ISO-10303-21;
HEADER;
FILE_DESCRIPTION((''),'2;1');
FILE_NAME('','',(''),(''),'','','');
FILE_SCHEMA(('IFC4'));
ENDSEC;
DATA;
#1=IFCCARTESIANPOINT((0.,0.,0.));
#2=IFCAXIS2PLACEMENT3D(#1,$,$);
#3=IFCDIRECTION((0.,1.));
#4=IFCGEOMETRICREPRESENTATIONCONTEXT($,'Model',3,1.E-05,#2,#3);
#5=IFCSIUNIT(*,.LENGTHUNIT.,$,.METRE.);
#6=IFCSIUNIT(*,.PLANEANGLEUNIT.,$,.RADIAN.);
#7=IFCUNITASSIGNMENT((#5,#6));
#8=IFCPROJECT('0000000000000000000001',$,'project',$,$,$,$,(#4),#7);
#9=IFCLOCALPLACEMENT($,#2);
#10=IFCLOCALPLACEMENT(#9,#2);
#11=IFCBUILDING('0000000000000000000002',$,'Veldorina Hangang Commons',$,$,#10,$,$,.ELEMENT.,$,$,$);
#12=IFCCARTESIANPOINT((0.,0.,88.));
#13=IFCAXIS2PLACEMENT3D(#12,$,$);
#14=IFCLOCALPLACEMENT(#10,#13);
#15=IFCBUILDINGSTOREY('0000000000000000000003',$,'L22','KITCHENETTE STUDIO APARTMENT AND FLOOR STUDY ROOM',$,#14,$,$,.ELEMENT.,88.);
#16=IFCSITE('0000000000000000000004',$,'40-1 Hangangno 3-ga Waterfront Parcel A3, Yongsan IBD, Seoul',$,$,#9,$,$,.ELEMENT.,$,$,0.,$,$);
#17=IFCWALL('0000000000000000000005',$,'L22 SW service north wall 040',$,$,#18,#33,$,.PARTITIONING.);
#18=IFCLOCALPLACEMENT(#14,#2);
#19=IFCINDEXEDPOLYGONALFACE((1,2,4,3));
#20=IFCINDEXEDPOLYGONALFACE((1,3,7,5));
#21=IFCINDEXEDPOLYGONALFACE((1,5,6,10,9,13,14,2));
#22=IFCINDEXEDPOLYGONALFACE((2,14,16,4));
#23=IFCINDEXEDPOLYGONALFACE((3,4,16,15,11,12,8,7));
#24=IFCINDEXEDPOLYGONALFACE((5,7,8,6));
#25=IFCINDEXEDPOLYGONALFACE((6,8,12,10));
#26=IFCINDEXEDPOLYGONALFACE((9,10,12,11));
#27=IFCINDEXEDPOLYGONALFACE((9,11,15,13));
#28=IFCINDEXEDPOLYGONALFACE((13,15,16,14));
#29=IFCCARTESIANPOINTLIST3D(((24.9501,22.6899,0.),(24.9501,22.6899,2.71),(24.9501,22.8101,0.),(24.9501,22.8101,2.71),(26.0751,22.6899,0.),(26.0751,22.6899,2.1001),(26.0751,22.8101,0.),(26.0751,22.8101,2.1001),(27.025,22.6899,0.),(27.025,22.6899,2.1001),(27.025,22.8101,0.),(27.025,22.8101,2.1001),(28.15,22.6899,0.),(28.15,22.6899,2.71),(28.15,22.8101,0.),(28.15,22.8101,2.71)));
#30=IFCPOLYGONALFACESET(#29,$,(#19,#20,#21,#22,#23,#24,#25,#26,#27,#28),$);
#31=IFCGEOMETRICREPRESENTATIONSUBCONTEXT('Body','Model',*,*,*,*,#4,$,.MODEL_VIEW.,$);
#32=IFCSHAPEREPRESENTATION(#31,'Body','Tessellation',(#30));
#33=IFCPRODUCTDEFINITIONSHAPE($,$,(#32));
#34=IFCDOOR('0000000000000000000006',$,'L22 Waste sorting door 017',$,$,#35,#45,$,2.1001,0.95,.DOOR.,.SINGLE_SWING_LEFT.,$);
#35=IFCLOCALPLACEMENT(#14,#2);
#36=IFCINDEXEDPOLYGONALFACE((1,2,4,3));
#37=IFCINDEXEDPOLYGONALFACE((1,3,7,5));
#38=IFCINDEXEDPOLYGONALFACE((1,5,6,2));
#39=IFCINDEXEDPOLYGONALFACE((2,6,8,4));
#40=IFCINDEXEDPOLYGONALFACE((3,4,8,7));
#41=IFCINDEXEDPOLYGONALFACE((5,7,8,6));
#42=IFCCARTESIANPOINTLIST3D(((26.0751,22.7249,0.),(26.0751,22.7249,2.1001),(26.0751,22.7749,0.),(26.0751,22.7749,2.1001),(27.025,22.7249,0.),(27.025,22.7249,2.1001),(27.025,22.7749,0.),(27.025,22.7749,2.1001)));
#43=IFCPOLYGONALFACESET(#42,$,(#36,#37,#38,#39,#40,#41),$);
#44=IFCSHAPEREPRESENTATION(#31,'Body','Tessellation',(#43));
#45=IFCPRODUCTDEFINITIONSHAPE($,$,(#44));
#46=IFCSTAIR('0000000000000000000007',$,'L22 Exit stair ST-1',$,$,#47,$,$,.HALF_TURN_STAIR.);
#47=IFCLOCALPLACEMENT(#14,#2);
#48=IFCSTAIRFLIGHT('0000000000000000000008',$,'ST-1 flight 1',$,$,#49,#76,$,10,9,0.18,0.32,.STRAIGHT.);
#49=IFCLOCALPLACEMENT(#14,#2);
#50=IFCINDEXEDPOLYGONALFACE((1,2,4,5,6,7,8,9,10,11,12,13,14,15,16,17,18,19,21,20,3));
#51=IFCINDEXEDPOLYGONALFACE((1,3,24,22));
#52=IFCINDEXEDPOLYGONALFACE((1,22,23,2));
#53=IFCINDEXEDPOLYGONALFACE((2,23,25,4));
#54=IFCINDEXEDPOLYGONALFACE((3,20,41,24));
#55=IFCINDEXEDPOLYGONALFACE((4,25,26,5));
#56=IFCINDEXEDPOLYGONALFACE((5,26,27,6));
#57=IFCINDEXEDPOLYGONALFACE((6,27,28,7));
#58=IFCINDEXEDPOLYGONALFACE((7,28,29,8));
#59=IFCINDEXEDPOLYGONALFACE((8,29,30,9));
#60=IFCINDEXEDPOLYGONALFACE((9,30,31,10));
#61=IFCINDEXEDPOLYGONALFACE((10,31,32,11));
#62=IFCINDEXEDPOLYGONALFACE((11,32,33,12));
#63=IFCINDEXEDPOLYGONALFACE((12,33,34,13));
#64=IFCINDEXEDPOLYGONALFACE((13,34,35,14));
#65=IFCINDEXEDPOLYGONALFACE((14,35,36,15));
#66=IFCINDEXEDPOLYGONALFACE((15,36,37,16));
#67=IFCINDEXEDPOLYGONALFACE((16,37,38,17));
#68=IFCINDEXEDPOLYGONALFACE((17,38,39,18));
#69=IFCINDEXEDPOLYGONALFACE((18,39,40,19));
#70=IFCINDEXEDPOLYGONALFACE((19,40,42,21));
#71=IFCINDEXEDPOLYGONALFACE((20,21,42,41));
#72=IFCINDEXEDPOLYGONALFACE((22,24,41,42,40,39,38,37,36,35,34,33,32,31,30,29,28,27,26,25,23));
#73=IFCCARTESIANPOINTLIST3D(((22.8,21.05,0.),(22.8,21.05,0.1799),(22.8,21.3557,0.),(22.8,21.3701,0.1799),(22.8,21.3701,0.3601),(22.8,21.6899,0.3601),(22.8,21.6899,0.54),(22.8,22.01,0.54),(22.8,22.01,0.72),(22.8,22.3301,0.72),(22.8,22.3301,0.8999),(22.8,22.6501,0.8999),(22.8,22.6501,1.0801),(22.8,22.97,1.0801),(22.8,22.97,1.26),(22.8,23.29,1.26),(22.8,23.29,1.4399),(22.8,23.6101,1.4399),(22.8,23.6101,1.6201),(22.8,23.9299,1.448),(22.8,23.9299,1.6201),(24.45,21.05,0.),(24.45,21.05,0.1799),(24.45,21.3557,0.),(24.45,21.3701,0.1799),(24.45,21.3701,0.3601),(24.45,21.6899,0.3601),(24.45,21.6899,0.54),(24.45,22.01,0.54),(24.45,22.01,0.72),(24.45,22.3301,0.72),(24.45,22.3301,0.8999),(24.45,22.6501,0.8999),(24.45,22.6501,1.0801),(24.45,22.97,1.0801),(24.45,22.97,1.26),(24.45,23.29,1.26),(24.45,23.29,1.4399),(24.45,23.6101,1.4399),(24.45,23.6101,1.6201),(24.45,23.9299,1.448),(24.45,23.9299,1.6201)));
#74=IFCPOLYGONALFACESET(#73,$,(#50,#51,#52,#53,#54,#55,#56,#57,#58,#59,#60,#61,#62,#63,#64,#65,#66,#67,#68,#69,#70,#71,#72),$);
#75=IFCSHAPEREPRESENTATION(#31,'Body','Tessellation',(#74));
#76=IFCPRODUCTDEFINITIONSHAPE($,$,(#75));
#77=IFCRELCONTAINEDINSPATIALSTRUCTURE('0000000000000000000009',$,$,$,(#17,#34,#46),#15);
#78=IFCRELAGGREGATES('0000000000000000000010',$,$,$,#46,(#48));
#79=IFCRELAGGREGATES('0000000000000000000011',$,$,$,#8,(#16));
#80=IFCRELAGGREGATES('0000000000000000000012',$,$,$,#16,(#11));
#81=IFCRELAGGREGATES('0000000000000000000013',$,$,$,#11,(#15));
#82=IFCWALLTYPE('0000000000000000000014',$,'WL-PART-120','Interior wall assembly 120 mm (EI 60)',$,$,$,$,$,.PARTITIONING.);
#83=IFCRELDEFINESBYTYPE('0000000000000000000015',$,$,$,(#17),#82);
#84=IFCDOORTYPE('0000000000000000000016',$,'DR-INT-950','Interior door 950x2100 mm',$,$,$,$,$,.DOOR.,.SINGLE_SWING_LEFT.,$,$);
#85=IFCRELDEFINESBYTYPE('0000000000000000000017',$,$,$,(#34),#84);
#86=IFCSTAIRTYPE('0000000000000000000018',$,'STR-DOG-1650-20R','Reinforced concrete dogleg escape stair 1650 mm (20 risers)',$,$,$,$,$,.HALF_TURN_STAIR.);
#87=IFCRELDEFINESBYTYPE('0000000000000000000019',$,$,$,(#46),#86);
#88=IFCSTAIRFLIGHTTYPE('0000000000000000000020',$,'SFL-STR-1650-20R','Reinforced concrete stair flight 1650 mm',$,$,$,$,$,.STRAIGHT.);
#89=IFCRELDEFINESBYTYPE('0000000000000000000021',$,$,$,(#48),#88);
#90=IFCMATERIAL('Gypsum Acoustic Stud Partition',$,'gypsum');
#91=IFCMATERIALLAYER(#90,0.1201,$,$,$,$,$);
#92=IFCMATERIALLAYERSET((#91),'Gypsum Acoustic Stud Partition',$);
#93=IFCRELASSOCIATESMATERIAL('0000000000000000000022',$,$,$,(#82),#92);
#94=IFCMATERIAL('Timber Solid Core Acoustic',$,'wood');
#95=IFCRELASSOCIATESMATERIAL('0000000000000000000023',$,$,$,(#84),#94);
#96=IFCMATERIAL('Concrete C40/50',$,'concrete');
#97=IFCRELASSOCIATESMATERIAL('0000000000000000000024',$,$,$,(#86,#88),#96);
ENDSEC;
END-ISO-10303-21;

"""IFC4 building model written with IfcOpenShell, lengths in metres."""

from ifc_helpers import new_model, si_unit, direction, frame, frame_2d, origin, place, context, subcontext, project, spatial, polyline, rectangle, outline, extrude, material, layer, layer_set, type_object, element, fill, aggregate, save


model = new_model("IFC4")

# Units and contexts
model_context = context("Model", 3, precision=1e-05, world=origin(), true_north=direction((0.0, 1.0)))
body_context = subcontext(model_context, "Body", "Model", "MODEL_VIEW")
ifc_project = project(units=[si_unit("LENGTHUNIT", "METRE"), si_unit("PLANEANGLEUNIT", "RADIAN")], contexts=[model_context])

# Site, building, storey
site_placement = place(None, origin())
site = spatial("IfcSite", under=ifc_project, at=site_placement, Name="40-1 Hangangno 3-ga Waterfront Parcel A3, Yongsan IBD, Seoul", CompositionType="ELEMENT", RefElevation=0.0)
building_placement = place(site_placement, origin())
building = spatial("IfcBuilding", under=site, at=building_placement, Name="Veldorina Hangang Commons", CompositionType="ELEMENT")
storey_placement = place(building_placement, frame((0.0, 0.0, 88.0)))
storey = spatial("IfcBuildingStorey", under=building, at=storey_placement, Name="L22", Description="KITCHENETTE STUDIO APARTMENT AND FLOOR STUDY ROOM", CompositionType="ELEMENT", Elevation=88.0)

# Wall, opening, door
ifc_material_1 = material(Name="Gypsum Acoustic Stud Partition", Category="gypsum")
ifc_layer_1 = layer(ifc_material_1, 0.1201)
ifc_layer_set_1 = layer_set([ifc_layer_1], Name="Gypsum Acoustic Stud Partition")
wall_type_1 = type_object("IfcWallType", Name="WL-PART-120", Description="Interior wall assembly 120 mm (EI 60)", PredefinedType="PARTITIONING", material=ifc_layer_set_1)
wall_1_placement = place(storey_placement, frame((24.95, 22.75, 0.0), z_axis=(0.0, 0.0, 1.0), x_axis=(1.0, 0.0, 0.0)))
wall_1 = element("IfcWall", 1, at=wall_1_placement, inside=storey, type_object=wall_type_1, Name="L22 SW service north wall 040", PredefinedType="PARTITIONING", context=body_context, shape_type="SweptSolid", body=[
    extrude(rectangle(XDim=3.2, YDim=0.1201, at=frame_2d((1.6001, 0.0))), origin(), (0.0, 0.0, 1.0), 2.71),
])
opening_1_placement = place(wall_1_placement, frame((1.125, 0.0, 0.0)))
opening_1 = element("IfcOpeningElement", 2, at=opening_1_placement, cuts=wall_1, PredefinedType="OPENING", context=body_context, shape_type="SweptSolid", body=[
    extrude(rectangle(XDim=0.95, YDim=2.1001, at=frame_2d((0.4751, 1.05))), frame((0.0, 0.0701, 0.0), z_axis=(0.0, -1.0, 0.0), x_axis=(1.0, 0.0, 0.0)), (0.0, 0.0, 1.0), 0.1401),
])
ifc_material_2 = material(Name="Timber Solid Core Acoustic", Category="wood")
door_type_1 = type_object("IfcDoorType", Name="DR-INT-950", Description="Interior door 950x2100 mm", OperationType="SINGLE_SWING_LEFT", PredefinedType="DOOR", material=ifc_material_2)
door_1_placement = place(opening_1_placement, origin())
door_1 = element("IfcDoor", 3, at=door_1_placement, inside=storey, type_object=door_type_1, Name="L22 Waste sorting door 017", OperationType="SINGLE_SWING_LEFT", OverallHeight=2.1001, OverallWidth=0.95, PredefinedType="DOOR", context=body_context, shape_type="SweptSolid", body=[
    extrude(rectangle(XDim=0.95, YDim=2.1001, at=frame_2d((0.4751, 1.05))), frame((0.0, 0.0249, 0.0), z_axis=(0.0, -1.0, 0.0), x_axis=(1.0, 0.0, 0.0)), (0.0, 0.0, 1.0), 0.05),
])
fill(opening_1, door_1)

# Stair, stair flight
ifc_material_3 = material(Name="Concrete C40/50", Category="concrete")
stair_type = type_object("IfcStairType", Name="STR-DOG-1650-20R", Description="Reinforced concrete dogleg escape stair 1650 mm (20 risers)", PredefinedType="HALF_TURN_STAIR", material=ifc_material_3)
stair_placement = place(storey_placement, origin())
stair = element("IfcStair", 4, at=stair_placement, inside=storey, type_object=stair_type, Name="L22 Exit stair ST-1", PredefinedType="HALF_TURN_STAIR")
stair_flight_type = type_object("IfcStairFlightType", Name="SFL-STR-1650-20R", Description="Reinforced concrete stair flight 1650 mm", PredefinedType="STRAIGHT", material=ifc_material_3)
stair_flight_placement = place(storey_placement, frame((23.625, 21.05, 0.0), z_axis=(0.0, 0.0, 1.0), x_axis=(0.0, 1.0, 0.0)))
stair_flight = element("IfcStairFlight", 5, at=stair_flight_placement, type_object=stair_flight_type, Name="ST-1 flight 1", NumberOfRisers=10, NumberOfTreads=9, PredefinedType="STRAIGHT", RiserHeight=0.18, TreadLength=0.32, context=body_context, shape_type="SweptSolid", body=[
    extrude(outline(polyline([(0.0, 0.0), (0.0, 0.1799), (0.3201, 0.1799), (0.3201, 0.3601), (0.6399, 0.3601), (0.6399, 0.54), (0.96, 0.54), (0.96, 0.72), (1.28, 0.72), (1.28, 0.8999), (1.6001, 0.8999), (1.6001, 1.0801), (1.9199, 1.0801), (1.9199, 1.26), (2.24, 1.26), (2.24, 1.4399), (2.5601, 1.4399), (2.5601, 1.6201), (2.8799, 1.6201), (2.8799, 1.8), (2.8799, 1.448), (0.3057, 0.0), (0.0, 0.0)])), frame((0.0, 0.825, 0.0), z_axis=(0.0, -1.0, 0.0), x_axis=(1.0, 0.0, 0.0)), (0.0, 0.0, 1.0), 1.6499),
])
aggregate(stair, [stair_flight])

save(model, "model.ifc")
